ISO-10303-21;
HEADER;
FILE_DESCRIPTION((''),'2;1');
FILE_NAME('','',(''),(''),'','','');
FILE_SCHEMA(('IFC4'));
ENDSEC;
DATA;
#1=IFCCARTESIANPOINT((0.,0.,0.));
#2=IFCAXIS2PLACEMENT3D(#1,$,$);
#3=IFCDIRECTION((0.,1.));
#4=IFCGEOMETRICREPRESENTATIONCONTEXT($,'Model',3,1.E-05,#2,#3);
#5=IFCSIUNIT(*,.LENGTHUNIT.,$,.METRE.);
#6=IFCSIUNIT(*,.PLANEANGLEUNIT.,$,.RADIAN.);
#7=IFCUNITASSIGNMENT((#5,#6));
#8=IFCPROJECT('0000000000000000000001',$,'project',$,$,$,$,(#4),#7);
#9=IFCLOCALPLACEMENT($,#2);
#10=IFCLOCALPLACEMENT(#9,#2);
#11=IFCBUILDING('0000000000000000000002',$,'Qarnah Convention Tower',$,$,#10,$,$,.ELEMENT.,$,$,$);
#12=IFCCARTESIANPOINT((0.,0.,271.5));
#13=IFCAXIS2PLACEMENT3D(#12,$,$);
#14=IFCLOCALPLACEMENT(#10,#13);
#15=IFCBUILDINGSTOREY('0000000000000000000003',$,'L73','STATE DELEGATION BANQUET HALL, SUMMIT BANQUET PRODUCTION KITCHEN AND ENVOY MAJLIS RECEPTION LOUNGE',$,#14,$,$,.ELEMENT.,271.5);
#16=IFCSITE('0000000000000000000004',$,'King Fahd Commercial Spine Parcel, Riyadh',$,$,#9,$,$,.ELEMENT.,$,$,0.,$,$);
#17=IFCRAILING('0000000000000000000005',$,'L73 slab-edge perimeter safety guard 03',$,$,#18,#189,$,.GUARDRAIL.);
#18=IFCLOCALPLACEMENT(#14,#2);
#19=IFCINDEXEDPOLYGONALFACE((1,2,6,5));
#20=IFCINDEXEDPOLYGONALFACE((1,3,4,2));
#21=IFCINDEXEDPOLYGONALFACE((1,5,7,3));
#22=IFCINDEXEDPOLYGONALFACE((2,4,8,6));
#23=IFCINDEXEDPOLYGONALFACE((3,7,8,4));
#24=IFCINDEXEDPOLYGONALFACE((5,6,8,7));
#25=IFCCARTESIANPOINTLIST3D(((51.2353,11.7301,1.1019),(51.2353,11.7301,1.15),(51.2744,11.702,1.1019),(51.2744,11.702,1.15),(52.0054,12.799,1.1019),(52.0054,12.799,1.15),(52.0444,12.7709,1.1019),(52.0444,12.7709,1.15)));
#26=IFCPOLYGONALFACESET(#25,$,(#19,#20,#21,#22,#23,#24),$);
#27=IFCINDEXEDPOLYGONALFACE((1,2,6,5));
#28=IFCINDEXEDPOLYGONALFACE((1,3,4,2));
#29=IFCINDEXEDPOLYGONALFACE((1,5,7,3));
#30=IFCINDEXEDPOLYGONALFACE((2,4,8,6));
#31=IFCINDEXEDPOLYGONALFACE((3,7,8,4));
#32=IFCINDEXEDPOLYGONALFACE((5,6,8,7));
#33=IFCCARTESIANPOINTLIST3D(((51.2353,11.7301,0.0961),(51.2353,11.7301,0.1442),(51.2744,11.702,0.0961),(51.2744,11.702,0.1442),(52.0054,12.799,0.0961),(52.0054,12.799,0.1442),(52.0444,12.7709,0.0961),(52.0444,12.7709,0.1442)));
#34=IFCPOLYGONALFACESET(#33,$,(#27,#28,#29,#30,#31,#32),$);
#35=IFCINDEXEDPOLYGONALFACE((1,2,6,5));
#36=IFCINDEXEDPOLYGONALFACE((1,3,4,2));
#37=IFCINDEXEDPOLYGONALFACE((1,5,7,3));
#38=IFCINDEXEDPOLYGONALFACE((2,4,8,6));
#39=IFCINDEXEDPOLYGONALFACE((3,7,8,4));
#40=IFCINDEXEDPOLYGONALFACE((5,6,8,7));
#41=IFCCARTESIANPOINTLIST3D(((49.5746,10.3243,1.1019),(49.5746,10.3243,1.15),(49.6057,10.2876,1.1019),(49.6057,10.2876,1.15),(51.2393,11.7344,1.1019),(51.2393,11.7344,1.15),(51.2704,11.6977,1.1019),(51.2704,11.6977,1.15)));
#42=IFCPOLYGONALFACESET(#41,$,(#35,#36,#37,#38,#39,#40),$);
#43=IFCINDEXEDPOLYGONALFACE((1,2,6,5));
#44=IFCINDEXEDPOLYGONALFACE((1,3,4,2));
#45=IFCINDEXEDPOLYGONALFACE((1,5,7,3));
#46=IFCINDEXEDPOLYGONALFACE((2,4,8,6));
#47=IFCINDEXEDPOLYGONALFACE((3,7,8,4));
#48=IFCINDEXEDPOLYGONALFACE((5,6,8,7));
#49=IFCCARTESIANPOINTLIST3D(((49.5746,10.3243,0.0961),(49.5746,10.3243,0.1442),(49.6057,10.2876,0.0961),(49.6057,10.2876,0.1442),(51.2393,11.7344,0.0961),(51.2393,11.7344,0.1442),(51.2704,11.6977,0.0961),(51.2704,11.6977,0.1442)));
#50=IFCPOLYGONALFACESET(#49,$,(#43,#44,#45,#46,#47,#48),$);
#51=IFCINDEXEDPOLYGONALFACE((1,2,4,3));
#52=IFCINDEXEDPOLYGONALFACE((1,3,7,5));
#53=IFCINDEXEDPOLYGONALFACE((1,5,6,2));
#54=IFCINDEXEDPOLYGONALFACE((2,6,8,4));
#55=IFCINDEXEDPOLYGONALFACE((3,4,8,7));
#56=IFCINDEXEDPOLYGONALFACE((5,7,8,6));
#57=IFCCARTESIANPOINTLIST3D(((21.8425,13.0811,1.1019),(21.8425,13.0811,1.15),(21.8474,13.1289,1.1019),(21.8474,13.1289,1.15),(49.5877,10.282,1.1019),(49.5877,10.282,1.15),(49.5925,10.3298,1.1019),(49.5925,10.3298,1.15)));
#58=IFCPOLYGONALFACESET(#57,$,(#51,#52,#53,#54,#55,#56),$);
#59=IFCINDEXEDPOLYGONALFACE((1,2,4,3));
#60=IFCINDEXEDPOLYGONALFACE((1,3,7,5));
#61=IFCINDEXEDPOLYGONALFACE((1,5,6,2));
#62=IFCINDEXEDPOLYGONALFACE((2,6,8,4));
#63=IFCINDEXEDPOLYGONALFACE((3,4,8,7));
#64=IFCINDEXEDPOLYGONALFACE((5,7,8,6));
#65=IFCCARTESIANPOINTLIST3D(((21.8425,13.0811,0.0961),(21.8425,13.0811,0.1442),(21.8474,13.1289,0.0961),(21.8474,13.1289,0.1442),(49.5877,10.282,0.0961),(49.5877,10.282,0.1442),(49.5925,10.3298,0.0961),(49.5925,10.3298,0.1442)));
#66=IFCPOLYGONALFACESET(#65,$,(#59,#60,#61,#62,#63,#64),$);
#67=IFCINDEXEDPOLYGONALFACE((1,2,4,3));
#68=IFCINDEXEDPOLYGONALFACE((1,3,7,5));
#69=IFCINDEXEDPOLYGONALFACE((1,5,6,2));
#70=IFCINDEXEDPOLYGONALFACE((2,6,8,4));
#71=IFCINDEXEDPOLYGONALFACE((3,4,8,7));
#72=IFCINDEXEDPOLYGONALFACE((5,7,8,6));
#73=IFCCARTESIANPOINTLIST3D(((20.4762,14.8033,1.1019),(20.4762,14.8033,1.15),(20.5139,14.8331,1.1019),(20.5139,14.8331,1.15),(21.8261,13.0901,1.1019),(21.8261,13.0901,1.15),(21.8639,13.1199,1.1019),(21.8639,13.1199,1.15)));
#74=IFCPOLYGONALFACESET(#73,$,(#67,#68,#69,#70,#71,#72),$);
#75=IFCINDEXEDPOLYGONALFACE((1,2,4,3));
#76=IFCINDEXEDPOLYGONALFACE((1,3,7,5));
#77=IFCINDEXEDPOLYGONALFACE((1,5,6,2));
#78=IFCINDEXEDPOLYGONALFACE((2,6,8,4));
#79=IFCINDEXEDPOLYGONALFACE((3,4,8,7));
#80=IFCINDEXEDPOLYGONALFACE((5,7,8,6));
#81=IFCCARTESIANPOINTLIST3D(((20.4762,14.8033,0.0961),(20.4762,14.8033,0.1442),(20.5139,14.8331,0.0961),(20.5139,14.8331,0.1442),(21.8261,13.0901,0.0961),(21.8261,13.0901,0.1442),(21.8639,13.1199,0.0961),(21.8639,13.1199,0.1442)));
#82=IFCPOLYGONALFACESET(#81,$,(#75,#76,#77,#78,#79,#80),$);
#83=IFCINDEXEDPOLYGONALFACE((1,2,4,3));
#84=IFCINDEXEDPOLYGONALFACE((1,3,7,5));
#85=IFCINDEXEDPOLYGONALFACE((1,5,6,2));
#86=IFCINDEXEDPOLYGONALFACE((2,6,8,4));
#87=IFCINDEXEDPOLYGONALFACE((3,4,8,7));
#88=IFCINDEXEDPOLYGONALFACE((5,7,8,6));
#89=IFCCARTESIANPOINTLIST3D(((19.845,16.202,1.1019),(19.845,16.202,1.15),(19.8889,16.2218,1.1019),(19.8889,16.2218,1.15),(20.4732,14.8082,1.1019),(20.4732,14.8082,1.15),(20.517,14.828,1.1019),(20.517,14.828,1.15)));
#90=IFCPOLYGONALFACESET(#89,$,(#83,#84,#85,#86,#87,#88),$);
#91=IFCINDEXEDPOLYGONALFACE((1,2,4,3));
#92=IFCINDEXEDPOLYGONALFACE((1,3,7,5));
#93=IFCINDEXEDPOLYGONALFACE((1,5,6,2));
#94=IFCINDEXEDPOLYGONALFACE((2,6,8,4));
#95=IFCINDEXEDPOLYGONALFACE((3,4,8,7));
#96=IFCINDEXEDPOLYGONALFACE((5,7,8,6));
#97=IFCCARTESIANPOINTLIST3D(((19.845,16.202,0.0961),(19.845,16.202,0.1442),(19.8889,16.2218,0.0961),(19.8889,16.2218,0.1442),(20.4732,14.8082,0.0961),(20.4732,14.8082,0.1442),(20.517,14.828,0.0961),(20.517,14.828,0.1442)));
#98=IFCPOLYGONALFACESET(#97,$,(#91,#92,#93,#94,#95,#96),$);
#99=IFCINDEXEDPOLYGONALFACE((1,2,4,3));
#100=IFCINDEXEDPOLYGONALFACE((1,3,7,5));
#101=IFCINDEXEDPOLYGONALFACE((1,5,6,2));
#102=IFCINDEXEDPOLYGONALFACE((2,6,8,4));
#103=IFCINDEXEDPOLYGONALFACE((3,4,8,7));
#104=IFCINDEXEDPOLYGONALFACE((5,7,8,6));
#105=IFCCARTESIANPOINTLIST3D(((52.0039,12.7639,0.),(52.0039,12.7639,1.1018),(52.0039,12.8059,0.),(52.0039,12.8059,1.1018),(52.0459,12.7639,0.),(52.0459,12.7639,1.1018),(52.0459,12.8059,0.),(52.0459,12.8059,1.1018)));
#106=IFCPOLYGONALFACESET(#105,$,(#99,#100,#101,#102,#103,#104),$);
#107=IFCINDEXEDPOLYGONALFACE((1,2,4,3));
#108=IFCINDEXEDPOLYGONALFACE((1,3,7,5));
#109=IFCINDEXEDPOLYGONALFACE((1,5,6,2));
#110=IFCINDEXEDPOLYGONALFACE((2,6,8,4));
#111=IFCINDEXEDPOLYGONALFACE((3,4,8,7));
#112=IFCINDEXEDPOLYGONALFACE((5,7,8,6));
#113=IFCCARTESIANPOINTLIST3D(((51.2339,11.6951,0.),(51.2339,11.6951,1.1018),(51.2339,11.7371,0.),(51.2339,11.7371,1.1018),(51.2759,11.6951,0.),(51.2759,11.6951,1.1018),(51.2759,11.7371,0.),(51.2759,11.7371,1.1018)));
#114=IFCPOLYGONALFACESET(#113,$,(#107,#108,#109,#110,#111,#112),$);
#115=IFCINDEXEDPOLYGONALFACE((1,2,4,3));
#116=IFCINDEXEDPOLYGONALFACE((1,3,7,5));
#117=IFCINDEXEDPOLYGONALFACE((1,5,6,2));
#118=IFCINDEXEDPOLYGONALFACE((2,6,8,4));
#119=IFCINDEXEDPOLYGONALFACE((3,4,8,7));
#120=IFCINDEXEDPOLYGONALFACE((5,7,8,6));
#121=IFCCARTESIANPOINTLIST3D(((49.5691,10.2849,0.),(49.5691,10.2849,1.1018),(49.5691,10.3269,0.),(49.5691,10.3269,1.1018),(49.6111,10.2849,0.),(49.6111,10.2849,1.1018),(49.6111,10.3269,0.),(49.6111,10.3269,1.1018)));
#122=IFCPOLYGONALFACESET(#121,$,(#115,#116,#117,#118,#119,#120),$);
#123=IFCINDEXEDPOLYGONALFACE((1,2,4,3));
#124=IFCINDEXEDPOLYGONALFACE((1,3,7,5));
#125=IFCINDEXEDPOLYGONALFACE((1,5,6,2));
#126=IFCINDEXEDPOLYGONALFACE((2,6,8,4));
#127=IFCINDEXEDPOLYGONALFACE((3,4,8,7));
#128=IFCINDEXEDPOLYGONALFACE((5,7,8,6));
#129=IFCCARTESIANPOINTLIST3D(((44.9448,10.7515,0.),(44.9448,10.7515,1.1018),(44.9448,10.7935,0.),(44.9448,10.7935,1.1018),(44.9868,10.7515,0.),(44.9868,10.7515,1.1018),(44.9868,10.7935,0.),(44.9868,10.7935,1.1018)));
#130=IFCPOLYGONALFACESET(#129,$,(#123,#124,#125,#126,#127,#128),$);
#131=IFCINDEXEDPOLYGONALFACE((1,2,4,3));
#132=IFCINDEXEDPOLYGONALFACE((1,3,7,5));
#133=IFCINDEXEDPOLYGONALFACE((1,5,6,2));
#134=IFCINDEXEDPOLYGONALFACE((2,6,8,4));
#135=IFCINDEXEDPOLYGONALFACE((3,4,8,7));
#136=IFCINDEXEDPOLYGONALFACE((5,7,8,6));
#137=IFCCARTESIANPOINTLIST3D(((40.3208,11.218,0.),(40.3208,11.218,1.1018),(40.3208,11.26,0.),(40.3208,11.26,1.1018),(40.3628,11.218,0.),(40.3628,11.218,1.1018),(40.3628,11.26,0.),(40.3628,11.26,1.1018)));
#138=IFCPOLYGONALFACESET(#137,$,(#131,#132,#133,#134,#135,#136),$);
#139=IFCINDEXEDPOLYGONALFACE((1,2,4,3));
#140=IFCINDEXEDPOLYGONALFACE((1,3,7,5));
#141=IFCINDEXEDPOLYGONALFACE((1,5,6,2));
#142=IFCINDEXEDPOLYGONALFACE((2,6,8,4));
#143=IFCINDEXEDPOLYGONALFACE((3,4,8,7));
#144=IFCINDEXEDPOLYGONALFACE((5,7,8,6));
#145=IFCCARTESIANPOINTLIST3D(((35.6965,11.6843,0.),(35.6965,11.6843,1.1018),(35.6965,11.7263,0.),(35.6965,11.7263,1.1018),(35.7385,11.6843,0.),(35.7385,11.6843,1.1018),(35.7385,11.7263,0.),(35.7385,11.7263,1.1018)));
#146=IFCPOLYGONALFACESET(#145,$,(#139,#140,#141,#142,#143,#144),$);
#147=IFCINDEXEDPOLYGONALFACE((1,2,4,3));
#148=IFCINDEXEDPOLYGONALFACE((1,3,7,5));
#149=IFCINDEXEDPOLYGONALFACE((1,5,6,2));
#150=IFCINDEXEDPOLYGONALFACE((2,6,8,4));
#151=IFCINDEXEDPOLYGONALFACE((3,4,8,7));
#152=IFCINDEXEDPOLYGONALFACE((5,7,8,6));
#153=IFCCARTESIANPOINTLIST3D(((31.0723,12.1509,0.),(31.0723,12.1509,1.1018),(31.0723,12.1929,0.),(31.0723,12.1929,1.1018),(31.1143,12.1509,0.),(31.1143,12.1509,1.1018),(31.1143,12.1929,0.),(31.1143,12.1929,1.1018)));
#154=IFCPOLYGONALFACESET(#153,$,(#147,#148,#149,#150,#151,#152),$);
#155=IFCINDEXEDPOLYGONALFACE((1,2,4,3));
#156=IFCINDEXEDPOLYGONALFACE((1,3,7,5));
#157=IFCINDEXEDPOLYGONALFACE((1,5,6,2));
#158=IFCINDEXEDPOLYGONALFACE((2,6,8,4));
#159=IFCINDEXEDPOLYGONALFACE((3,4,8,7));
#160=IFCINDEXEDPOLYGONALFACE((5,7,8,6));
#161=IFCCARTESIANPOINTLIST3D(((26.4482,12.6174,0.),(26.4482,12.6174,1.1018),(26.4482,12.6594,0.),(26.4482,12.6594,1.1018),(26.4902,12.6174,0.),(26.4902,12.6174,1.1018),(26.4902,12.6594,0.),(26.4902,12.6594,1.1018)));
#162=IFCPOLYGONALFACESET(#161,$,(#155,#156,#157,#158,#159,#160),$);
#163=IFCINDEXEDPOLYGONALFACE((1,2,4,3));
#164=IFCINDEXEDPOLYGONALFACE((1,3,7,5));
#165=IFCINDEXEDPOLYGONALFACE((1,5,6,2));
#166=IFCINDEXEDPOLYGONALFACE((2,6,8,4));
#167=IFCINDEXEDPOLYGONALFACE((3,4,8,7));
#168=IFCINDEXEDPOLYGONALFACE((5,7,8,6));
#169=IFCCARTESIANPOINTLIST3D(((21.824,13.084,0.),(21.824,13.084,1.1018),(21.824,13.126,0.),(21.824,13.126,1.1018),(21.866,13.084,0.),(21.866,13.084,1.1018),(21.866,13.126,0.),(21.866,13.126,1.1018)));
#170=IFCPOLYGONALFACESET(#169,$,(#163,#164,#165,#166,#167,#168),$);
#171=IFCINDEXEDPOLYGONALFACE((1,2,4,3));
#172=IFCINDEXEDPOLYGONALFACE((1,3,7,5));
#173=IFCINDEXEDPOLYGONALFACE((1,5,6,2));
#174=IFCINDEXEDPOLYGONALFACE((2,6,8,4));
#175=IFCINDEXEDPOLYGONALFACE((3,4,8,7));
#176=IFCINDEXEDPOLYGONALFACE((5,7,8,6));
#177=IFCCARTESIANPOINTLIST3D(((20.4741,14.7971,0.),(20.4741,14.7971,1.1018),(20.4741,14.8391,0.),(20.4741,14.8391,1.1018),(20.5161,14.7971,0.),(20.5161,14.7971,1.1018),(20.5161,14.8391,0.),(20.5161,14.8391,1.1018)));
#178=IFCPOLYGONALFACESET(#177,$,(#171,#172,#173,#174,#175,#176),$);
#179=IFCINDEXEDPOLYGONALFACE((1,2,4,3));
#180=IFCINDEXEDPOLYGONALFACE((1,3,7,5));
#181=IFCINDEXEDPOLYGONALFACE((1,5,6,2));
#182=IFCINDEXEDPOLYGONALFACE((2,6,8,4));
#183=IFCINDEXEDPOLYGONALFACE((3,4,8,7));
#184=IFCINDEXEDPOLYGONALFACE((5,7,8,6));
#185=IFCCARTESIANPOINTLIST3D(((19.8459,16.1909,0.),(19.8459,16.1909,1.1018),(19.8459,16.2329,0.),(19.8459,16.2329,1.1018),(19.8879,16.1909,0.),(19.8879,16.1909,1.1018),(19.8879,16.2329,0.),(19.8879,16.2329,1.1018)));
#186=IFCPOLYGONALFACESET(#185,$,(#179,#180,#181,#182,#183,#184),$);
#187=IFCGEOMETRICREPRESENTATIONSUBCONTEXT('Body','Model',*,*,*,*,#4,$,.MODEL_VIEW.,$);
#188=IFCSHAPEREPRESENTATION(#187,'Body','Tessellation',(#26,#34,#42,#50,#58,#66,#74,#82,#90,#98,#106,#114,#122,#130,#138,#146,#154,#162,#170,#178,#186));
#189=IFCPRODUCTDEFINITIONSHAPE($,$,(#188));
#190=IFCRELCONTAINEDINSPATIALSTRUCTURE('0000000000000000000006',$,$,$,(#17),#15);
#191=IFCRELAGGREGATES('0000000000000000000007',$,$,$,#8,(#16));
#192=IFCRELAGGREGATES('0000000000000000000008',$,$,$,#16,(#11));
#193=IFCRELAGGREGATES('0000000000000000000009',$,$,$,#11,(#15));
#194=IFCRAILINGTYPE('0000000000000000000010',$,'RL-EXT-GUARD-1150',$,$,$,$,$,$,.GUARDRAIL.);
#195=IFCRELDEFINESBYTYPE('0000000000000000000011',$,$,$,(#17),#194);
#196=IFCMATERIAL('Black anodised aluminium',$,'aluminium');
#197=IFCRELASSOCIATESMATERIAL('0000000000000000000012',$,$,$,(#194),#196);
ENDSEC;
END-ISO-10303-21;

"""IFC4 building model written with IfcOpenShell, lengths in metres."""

from ifc_helpers import new_model, si_unit, direction, frame, origin, origin_2d, place, context, subcontext, project, spatial, rectangle, extrude, material, type_object, element, save


model = new_model("IFC4")

# Units and contexts
model_context = context("Model", 3, precision=1e-05, world=origin(), true_north=direction((0.0, 1.0)))
body_context = subcontext(model_context, "Body", "Model", "MODEL_VIEW")
ifc_project = project(units=[si_unit("LENGTHUNIT", "METRE"), si_unit("PLANEANGLEUNIT", "RADIAN")], contexts=[model_context])

# Site, building, storey
site_placement = place(None, origin())
site = spatial("IfcSite", under=ifc_project, at=site_placement, Name="King Fahd Commercial Spine Parcel, Riyadh", CompositionType="ELEMENT", RefElevation=0.0)
building_placement = place(site_placement, origin())
building = spatial("IfcBuilding", under=site, at=building_placement, Name="Qarnah Convention Tower", CompositionType="ELEMENT")
storey_placement = place(building_placement, frame((0.0, 0.0, 271.5)))
storey = spatial("IfcBuildingStorey", under=building, at=storey_placement, Name="L73", Description="STATE DELEGATION BANQUET HALL, SUMMIT BANQUET PRODUCTION KITCHEN AND ENVOY MAJLIS RECEPTION LOUNGE", CompositionType="ELEMENT", Elevation=271.5)

# Shared definitions
ifc_material_1 = material(Name="Black anodised aluminium", Category="aluminium")

# Railing
railing_type_1 = type_object("IfcRailingType", Name="RL-EXT-GUARD-1150", PredefinedType="GUARDRAIL", material=ifc_material_1)
railing_1_placement = place(storey_placement, frame((52.0249, 12.7849, 0.0)))
element("IfcRailing", 1, at=railing_1_placement, inside=storey, type_object=railing_type_1, Name="L73 slab-edge perimeter safety guard 03", PredefinedType="GUARDRAIL", context=body_context, shape_type="SweptSolid", body=[
    extrude(rectangle(XDim=0.0481, YDim=0.0481, at=origin_2d()), frame((0.0, 0.0, 1.126), z_axis=(-0.584529, -0.811373, 0.0), x_axis=(0.811373, -0.584529, 0.0)), (0.0, 0.0, 1.0), 1.3174),
    extrude(rectangle(XDim=0.0481, YDim=0.0481, at=origin_2d()), frame((0.0, 0.0, 0.1201), z_axis=(-0.584529, -0.811373, 0.0), x_axis=(0.811373, -0.584529, 0.0)), (0.0, 0.0, 1.0), 1.3174),
    extrude(rectangle(XDim=0.0481, YDim=0.0481, at=origin_2d()), frame((-0.77, -1.0688, 1.126), z_axis=(-0.763051, -0.646338, 0.0), x_axis=(0.646338, -0.763051, 0.0)), (0.0, 0.0, 1.0), 2.1816),
    extrude(rectangle(XDim=0.0481, YDim=0.0481, at=origin_2d()), frame((-0.77, -1.0688, 0.1201), z_axis=(-0.763051, -0.646338, 0.0), x_axis=(0.646338, -0.763051, 0.0)), (0.0, 0.0, 1.0), 2.1816),
    extrude(rectangle(XDim=0.0481, YDim=0.0481, at=origin_2d()), frame((-2.4348, -2.479, 1.126), z_axis=(-0.99495, 0.100376, 0.0), x_axis=(-0.100376, -0.99495, 0.0)), (0.0, 0.0, 1.0), 27.886),
    extrude(rectangle(XDim=0.0481, YDim=0.0481, at=origin_2d()), frame((-2.4348, -2.479, 0.1201), z_axis=(-0.99495, 0.100376, 0.0), x_axis=(-0.100376, -0.99495, 0.0)), (0.0, 0.0, 1.0), 27.886),
    extrude(rectangle(XDim=0.0481, YDim=0.0481, at=origin_2d()), frame((-30.1799, 0.3201, 1.126), z_axis=(-0.618904, 0.785467, 0.0), x_axis=(-0.785467, -0.618904, 0.0)), (0.0, 0.0, 1.0), 2.1812),
    extrude(rectangle(XDim=0.0481, YDim=0.0481, at=origin_2d()), frame((-30.1799, 0.3201, 0.1201), z_axis=(-0.618904, 0.785467, 0.0), x_axis=(-0.785467, -0.618904, 0.0)), (0.0, 0.0, 1.0), 2.1812),
    extrude(rectangle(XDim=0.0481, YDim=0.0481, at=origin_2d()), frame((-31.5298, 2.0332, 1.126), z_axis=(-0.410889, 0.911685, 0.0), x_axis=(-0.911685, -0.410889, 0.0)), (0.0, 0.0, 1.0), 1.5288),
    extrude(rectangle(XDim=0.0481, YDim=0.0481, at=origin_2d()), frame((-31.5298, 2.0332, 0.1201), z_axis=(-0.410889, 0.911685, 0.0), x_axis=(-0.911685, -0.410889, 0.0)), (0.0, 0.0, 1.0), 1.5288),
    extrude(rectangle(XDim=0.042, YDim=0.042, at=origin_2d()), origin(), (0.0, 0.0, 1.0), 1.1018),
    extrude(rectangle(XDim=0.042, YDim=0.042, at=origin_2d()), frame((-0.77, -1.0688, 0.0)), (0.0, 0.0, 1.0), 1.1018),
    extrude(rectangle(XDim=0.042, YDim=0.042, at=origin_2d()), frame((-2.4348, -2.479, 0.0)), (0.0, 0.0, 1.0), 1.1018),
    extrude(rectangle(XDim=0.042, YDim=0.042, at=origin_2d()), frame((-7.0591, -2.0125, 0.0)), (0.0, 0.0, 1.0), 1.1018),
    extrude(rectangle(XDim=0.042, YDim=0.042, at=origin_2d()), frame((-11.6831, -1.5459, 0.0)), (0.0, 0.0, 1.0), 1.1018),
    extrude(rectangle(XDim=0.042, YDim=0.042, at=origin_2d()), frame((-16.3074, -1.0796, 0.0)), (0.0, 0.0, 1.0), 1.1018),
    extrude(rectangle(XDim=0.042, YDim=0.042, at=origin_2d()), frame((-20.9316, -0.613, 0.0)), (0.0, 0.0, 1.0), 1.1018),
    extrude(rectangle(XDim=0.042, YDim=0.042, at=origin_2d()), frame((-25.5557, -0.1465, 0.0)), (0.0, 0.0, 1.0), 1.1018),
    extrude(rectangle(XDim=0.042, YDim=0.042, at=origin_2d()), frame((-30.1799, 0.3201, 0.0)), (0.0, 0.0, 1.0), 1.1018),
    extrude(rectangle(XDim=0.042, YDim=0.042, at=origin_2d()), frame((-31.5298, 2.0332, 0.0)), (0.0, 0.0, 1.0), 1.1018),
    extrude(rectangle(XDim=0.042, YDim=0.042, at=origin_2d()), frame((-32.158, 3.427, 0.0)), (0.0, 0.0, 1.0), 1.1018),
])

save(model, "model.ifc")
